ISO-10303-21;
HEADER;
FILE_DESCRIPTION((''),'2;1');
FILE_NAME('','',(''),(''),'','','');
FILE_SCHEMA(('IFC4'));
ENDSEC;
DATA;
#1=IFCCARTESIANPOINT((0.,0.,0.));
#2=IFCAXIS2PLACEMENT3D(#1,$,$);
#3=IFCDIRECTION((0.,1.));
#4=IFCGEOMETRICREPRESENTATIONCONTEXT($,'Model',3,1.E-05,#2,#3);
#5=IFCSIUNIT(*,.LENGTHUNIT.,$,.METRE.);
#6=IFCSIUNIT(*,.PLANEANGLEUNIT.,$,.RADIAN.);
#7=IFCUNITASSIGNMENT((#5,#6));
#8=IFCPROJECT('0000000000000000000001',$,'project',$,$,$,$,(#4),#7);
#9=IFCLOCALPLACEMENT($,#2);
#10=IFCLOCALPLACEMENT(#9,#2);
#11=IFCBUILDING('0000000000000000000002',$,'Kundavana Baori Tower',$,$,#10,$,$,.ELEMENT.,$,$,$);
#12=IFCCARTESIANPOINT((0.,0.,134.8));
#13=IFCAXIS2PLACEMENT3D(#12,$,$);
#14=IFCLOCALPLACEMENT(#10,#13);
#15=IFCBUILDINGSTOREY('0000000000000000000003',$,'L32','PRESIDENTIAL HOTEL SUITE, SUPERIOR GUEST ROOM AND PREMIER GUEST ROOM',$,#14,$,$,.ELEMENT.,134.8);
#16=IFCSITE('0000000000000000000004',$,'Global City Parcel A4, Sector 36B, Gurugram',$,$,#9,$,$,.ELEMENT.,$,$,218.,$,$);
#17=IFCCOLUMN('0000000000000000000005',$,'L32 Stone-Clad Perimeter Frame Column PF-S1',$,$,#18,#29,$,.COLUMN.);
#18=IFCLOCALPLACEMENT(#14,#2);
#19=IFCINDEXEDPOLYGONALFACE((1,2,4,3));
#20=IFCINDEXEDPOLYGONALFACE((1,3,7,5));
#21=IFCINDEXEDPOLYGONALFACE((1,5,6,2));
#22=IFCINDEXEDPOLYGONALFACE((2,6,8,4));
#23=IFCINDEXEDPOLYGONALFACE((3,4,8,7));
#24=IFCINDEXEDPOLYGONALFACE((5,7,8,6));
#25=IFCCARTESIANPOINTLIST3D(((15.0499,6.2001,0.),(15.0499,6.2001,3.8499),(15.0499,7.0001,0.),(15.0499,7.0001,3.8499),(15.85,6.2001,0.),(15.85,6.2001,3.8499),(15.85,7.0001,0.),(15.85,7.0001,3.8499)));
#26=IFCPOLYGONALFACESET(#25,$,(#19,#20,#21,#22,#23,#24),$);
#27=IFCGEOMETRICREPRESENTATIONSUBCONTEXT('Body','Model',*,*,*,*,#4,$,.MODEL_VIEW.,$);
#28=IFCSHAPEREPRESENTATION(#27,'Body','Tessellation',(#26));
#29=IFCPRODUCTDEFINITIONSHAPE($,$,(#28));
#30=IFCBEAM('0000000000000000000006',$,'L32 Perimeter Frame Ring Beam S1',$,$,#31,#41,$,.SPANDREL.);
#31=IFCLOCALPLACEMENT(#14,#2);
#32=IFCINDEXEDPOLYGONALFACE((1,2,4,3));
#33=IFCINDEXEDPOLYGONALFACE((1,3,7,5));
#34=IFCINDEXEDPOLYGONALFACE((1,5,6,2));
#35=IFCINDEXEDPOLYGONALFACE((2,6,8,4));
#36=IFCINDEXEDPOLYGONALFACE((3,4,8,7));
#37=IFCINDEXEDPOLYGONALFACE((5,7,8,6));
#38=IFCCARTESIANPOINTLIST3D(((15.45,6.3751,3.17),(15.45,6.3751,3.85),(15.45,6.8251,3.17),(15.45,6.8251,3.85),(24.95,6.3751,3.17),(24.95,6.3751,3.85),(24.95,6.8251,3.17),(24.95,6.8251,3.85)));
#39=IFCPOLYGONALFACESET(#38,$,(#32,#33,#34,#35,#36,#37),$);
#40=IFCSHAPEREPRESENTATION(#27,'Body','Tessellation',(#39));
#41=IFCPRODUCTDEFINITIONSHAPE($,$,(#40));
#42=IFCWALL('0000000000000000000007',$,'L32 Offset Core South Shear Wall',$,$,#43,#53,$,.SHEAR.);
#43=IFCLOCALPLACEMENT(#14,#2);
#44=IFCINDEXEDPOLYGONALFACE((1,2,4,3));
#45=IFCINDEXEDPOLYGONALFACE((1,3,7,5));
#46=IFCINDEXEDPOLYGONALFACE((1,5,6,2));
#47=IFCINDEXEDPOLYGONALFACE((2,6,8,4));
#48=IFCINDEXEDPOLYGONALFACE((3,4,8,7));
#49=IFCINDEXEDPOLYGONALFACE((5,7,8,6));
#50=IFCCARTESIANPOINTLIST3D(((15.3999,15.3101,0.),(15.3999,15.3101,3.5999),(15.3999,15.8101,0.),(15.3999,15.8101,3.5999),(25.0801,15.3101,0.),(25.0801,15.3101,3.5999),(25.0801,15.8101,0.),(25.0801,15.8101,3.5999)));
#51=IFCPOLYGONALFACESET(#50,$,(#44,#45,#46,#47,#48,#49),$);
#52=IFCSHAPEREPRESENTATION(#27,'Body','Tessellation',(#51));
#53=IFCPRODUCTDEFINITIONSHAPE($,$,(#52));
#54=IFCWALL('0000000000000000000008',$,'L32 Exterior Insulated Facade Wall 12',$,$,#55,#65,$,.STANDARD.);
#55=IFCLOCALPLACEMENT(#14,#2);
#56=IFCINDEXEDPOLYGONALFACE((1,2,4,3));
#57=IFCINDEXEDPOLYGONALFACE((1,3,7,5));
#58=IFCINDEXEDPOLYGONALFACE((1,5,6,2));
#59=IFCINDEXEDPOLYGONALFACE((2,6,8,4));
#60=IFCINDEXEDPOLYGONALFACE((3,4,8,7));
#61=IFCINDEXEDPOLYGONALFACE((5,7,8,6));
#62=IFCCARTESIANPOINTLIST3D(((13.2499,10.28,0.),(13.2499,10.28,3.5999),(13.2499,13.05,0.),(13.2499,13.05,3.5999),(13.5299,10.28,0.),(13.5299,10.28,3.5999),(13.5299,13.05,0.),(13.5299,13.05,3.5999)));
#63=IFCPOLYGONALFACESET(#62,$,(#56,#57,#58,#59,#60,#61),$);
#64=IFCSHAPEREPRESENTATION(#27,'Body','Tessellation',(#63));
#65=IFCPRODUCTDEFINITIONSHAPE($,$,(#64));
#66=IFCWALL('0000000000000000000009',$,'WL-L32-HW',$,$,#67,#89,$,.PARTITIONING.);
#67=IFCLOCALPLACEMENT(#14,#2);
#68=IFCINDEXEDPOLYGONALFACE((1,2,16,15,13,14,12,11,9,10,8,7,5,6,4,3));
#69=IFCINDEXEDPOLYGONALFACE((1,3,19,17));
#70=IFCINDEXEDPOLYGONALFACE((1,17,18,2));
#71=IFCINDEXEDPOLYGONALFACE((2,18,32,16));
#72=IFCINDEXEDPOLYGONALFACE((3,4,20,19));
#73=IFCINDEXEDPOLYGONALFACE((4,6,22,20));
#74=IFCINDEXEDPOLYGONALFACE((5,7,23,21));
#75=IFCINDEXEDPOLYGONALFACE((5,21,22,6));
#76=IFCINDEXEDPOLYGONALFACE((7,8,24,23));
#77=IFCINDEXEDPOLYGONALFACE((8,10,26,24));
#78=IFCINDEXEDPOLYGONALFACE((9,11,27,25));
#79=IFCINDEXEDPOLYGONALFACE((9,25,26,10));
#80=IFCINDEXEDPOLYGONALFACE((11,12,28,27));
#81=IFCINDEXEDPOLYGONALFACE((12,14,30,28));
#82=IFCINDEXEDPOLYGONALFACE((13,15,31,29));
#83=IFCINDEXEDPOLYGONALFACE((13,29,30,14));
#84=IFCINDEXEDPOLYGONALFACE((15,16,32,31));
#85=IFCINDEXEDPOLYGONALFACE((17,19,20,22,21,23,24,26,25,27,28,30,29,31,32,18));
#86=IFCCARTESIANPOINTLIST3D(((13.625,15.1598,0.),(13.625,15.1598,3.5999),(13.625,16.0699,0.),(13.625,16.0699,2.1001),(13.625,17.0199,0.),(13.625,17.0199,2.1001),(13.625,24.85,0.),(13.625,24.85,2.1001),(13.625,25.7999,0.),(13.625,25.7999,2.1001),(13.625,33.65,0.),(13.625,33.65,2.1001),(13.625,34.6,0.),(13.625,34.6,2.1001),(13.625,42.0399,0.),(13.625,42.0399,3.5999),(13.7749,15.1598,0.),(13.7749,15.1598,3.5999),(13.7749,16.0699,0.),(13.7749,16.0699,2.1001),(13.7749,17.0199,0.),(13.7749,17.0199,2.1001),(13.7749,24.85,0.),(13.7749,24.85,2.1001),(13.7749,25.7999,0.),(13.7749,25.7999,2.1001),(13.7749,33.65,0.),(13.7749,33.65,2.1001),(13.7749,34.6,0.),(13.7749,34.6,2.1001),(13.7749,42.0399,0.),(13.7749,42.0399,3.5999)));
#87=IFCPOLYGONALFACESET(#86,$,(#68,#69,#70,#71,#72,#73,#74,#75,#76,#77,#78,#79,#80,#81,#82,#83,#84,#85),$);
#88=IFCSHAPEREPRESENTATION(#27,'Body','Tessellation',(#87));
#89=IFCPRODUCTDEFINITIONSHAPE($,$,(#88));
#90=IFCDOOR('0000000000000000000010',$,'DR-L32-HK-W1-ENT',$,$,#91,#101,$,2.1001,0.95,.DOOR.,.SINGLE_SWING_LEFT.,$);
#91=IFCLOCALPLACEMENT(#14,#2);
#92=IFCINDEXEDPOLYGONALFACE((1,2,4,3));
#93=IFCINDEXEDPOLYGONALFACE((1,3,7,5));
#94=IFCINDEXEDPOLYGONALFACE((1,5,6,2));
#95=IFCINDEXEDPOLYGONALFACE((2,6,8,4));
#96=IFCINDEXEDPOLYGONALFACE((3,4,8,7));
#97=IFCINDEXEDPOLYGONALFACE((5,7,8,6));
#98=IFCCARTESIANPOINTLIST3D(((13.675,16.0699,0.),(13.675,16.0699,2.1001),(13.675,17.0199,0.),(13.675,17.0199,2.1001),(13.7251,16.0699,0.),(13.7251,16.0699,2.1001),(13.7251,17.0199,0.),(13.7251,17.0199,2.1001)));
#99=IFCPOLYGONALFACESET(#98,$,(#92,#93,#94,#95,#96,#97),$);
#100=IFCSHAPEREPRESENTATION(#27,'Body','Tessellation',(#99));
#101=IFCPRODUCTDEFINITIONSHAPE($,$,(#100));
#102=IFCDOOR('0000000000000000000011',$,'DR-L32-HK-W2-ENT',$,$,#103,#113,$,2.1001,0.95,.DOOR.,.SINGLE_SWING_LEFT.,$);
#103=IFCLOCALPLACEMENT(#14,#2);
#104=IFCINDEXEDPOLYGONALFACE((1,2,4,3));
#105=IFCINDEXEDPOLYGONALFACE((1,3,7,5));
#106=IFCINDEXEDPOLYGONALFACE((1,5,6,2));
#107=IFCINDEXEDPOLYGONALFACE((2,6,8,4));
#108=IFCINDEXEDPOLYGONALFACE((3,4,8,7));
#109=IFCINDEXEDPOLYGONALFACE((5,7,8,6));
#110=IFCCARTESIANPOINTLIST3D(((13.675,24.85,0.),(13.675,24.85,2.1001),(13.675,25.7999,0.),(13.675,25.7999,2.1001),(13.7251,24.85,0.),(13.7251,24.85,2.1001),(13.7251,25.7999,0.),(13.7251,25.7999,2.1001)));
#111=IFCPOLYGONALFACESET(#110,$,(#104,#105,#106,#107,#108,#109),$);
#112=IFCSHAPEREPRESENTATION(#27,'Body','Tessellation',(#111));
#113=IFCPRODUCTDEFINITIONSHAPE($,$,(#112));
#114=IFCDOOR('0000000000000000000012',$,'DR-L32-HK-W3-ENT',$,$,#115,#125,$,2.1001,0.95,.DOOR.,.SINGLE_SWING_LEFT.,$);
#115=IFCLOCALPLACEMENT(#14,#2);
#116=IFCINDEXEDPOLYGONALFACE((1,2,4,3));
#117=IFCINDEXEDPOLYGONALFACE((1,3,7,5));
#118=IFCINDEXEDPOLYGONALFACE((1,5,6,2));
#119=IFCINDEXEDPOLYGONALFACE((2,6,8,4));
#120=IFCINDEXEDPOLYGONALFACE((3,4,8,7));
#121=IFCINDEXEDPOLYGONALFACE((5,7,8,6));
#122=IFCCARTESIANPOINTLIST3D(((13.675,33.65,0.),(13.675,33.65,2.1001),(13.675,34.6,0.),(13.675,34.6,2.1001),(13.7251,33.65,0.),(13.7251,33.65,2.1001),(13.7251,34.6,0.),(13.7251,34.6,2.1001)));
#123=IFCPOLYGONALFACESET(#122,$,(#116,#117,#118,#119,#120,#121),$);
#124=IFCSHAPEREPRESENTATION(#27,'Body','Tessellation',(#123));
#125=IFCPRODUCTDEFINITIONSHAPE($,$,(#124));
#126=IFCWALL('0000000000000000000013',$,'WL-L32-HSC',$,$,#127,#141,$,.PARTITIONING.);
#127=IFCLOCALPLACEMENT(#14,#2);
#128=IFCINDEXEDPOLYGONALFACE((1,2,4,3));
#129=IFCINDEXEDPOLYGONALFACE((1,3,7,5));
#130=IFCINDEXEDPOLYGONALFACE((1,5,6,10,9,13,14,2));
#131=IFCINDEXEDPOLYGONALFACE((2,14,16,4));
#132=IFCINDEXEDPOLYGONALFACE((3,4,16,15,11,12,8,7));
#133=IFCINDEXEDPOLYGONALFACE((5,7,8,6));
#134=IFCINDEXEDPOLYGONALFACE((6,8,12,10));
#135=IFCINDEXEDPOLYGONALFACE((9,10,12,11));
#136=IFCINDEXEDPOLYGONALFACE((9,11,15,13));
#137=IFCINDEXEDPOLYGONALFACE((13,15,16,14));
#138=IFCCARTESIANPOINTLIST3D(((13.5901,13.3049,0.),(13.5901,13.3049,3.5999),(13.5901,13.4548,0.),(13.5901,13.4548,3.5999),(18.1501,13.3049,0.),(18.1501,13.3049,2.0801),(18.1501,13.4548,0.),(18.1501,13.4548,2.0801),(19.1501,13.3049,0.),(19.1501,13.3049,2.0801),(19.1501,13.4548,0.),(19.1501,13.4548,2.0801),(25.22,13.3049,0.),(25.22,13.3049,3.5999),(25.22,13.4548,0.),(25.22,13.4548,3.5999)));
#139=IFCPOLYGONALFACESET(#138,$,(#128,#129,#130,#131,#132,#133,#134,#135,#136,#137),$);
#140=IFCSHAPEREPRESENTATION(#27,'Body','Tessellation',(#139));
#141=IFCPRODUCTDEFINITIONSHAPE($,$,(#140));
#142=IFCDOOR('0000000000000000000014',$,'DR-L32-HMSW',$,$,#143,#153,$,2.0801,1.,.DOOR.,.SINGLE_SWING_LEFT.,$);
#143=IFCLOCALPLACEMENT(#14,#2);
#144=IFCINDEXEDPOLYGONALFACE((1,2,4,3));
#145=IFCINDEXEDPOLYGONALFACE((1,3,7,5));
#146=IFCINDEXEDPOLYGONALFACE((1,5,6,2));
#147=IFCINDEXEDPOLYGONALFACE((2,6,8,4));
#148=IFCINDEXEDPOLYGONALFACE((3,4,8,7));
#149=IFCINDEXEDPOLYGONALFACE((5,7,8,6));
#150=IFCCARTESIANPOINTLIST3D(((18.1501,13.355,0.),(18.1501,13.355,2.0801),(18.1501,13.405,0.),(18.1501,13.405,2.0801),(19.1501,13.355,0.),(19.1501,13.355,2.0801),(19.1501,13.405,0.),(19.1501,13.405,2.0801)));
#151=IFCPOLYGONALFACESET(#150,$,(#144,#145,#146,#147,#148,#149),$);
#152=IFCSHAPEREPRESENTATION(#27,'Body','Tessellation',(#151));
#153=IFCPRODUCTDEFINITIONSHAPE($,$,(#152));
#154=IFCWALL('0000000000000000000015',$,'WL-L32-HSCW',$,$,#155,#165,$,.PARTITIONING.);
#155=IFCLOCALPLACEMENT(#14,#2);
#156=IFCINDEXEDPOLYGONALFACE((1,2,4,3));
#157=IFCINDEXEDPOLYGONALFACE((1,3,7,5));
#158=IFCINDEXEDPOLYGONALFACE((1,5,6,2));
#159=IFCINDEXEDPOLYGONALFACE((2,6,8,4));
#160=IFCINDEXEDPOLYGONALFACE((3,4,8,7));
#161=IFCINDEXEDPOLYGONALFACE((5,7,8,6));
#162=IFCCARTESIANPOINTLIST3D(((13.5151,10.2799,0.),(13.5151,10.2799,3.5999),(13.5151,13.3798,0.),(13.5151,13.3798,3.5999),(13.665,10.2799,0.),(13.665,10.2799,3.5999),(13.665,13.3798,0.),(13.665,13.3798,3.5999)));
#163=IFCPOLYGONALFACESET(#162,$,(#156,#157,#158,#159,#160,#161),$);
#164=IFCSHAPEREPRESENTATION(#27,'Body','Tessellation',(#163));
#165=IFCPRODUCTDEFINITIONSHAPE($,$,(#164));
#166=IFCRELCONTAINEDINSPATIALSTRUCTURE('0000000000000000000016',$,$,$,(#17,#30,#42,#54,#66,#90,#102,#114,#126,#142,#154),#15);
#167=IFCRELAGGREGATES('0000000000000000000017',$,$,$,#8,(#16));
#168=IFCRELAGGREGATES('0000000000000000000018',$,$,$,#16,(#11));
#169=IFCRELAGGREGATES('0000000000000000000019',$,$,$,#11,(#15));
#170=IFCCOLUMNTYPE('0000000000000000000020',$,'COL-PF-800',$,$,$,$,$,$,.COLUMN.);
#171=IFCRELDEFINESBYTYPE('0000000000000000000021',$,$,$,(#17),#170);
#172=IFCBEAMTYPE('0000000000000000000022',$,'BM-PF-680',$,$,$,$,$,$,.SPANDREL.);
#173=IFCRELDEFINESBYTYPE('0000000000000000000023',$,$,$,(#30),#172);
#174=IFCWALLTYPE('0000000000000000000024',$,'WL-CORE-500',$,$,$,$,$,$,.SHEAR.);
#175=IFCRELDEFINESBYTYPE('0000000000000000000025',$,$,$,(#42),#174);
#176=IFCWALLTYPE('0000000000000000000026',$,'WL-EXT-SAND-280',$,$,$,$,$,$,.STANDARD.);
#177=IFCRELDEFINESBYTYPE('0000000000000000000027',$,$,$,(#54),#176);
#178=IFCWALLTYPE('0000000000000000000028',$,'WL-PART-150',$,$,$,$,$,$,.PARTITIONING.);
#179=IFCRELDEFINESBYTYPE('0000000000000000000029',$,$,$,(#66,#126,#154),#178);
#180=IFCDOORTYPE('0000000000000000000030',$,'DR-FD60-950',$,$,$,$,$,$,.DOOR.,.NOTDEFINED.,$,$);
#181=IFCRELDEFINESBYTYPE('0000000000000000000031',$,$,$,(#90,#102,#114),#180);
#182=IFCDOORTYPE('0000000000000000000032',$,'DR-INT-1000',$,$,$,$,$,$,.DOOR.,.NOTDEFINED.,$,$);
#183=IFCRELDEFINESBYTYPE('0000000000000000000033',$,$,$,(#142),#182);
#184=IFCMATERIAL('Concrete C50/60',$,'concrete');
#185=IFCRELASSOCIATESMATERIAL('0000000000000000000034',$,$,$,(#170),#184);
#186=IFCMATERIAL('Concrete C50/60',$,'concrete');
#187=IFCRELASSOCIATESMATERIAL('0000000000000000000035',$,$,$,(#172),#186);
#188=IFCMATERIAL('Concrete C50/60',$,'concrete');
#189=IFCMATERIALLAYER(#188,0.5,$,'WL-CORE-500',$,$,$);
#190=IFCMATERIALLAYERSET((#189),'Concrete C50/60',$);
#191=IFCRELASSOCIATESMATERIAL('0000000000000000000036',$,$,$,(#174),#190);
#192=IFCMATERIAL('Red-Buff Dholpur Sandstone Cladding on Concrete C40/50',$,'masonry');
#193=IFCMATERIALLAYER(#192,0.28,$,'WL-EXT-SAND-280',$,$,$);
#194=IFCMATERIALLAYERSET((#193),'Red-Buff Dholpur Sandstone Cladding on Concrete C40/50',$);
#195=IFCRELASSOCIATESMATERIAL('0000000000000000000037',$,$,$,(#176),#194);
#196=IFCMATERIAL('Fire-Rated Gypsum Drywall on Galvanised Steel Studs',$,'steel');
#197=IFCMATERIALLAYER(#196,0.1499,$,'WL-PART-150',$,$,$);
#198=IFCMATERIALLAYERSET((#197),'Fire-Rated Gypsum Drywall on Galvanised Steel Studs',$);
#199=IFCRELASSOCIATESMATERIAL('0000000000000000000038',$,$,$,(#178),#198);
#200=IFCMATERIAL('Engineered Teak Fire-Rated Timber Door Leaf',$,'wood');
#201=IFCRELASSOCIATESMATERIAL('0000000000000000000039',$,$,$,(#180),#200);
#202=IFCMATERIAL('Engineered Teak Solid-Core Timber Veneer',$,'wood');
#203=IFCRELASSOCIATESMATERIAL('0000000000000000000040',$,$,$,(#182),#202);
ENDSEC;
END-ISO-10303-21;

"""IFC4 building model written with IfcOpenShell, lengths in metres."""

from ifc_helpers import new_model, si_unit, direction, frame, frame_2d, origin, origin_2d, place, context, subcontext, project, spatial, rectangle, extrude, material, layer, layer_set, material_profile, profile_set, type_object, element, fill, save


model = new_model("IFC4")

# Units and contexts
model_context = context("Model", 3, precision=1e-05, world=origin(), true_north=direction((0.0, 1.0)))
body_context = subcontext(model_context, "Body", "Model", "MODEL_VIEW")
ifc_project = project(units=[si_unit("LENGTHUNIT", "METRE"), si_unit("PLANEANGLEUNIT", "RADIAN")], contexts=[model_context])

# Site, building, storey
site_placement = place(None, origin())
site = spatial("IfcSite", under=ifc_project, at=site_placement, Name="Global City Parcel A4, Sector 36B, Gurugram", CompositionType="ELEMENT", RefElevation=218.0)
building_placement = place(site_placement, origin())
building = spatial("IfcBuilding", under=site, at=building_placement, Name="Kundavana Baori Tower", CompositionType="ELEMENT")
storey_placement = place(building_placement, frame((0.0, 0.0, 134.8)))
storey = spatial("IfcBuildingStorey", under=building, at=storey_placement, Name="L32", Description="PRESIDENTIAL HOTEL SUITE, SUPERIOR GUEST ROOM AND PREMIER GUEST ROOM", CompositionType="ELEMENT", Elevation=134.8)

# Column
ifc_material_1 = material(Name="Concrete C50/60", Category="concrete")
ifc_material_profile_1 = material_profile(ifc_material_1, rectangle(XDim=0.8, YDim=0.8, at=origin_2d()), Name="RC PF 800x800")
ifc_profile_set_1 = profile_set([ifc_material_profile_1], Name="Concrete C50/60")
column_type = type_object("IfcColumnType", Name="COL-PF-800", PredefinedType="COLUMN", material=ifc_profile_set_1)
column_placement = place(storey_placement, frame((15.45, 6.6001, 0.0), z_axis=(0.0, 0.0, 1.0), x_axis=(1.0, 0.0, 0.0)))
element("IfcColumn", 1, at=column_placement, inside=storey, type_object=column_type, Name="L32 Stone-Clad Perimeter Frame Column PF-S1", PredefinedType="COLUMN", context=body_context, shape_type="SweptSolid", body=[
    extrude(rectangle(XDim=0.8, YDim=0.8, at=origin_2d()), origin(), (0.0, 0.0, 1.0), 3.8499),
])

# Beam
ifc_material_2 = material(Name="Concrete C50/60", Category="concrete")
ifc_material_profile_2 = material_profile(ifc_material_2, rectangle(XDim=0.45, YDim=0.6799, at=origin_2d()), Name="RC BM 450x680")
ifc_profile_set_2 = profile_set([ifc_material_profile_2], Name="Concrete C50/60")
beam_type = type_object("IfcBeamType", Name="BM-PF-680", PredefinedType="SPANDREL", material=ifc_profile_set_2)
beam_placement = place(storey_placement, frame((15.45, 6.6001, 3.51), z_axis=(1.0, 0.0, 0.0), x_axis=(0.0, 1.0, 0.0)))
element("IfcBeam", 2, at=beam_placement, inside=storey, type_object=beam_type, Name="L32 Perimeter Frame Ring Beam S1", PredefinedType="SPANDREL", context=body_context, shape_type="SweptSolid", body=[
    extrude(rectangle(XDim=0.45, YDim=0.6799, at=origin_2d()), origin(), (0.0, 0.0, 1.0), 9.5),
])

# Wall
ifc_material_3 = material(Name="Concrete C50/60", Category="concrete")
ifc_layer_1 = layer(ifc_material_3, 0.5, Name="WL-CORE-500")
ifc_layer_set_1 = layer_set([ifc_layer_1], Name="Concrete C50/60")
wall_type_1 = type_object("IfcWallType", Name="WL-CORE-500", PredefinedType="SHEAR", material=ifc_layer_set_1)
wall_1_placement = place(storey_placement, frame((15.3999, 15.5601, 0.0), z_axis=(0.0, 0.0, 1.0), x_axis=(1.0, 0.0, 0.0)))
element("IfcWall", 3, at=wall_1_placement, inside=storey, type_object=wall_type_1, Name="L32 Offset Core South Shear Wall", PredefinedType="SHEAR", context=body_context, shape_type="SweptSolid", body=[
    extrude(rectangle(XDim=9.6802, YDim=0.5, at=frame_2d((4.8401, 0.0))), origin(), (0.0, 0.0, 1.0), 3.5999),
])

# Shared definitions
ifc_material_4 = material(Name="Red-Buff Dholpur Sandstone Cladding on Concrete C40/50", Category="masonry")
ifc_layer_2 = layer(ifc_material_4, 0.28, Name="WL-EXT-SAND-280")
ifc_layer_set_2 = layer_set([ifc_layer_2], Name="Red-Buff Dholpur Sandstone Cladding on Concrete C40/50")
wall_type_2 = type_object("IfcWallType", Name="WL-EXT-SAND-280", PredefinedType="STANDARD", material=ifc_layer_set_2)

# Wall
wall_2_placement = place(storey_placement, frame((13.3899, 13.05, 0.0), z_axis=(0.0, 0.0, 1.0), x_axis=(0.0, -1.0, 0.0)))
element("IfcWall", 4, at=wall_2_placement, inside=storey, type_object=wall_type_2, Name="L32 Exterior Insulated Facade Wall 12", PredefinedType="STANDARD", context=body_context, shape_type="SweptSolid", body=[
    extrude(rectangle(XDim=2.77, YDim=0.28, at=frame_2d((1.385, 0.0))), origin(), (0.0, 0.0, 1.0), 3.5999),
])

# Wall, openings, doors
ifc_material_5 = material(Name="Fire-Rated Gypsum Drywall on Galvanised Steel Studs", Category="steel")
ifc_layer_3 = layer(ifc_material_5, 0.1499, Name="WL-PART-150")
ifc_layer_set_3 = layer_set([ifc_layer_3], Name="Fire-Rated Gypsum Drywall on Galvanised Steel Studs")
wall_type_3 = type_object("IfcWallType", Name="WL-PART-150", PredefinedType="PARTITIONING", material=ifc_layer_set_3)
wall_3_placement = place(storey_placement, frame((13.7, 15.1599, 0.0), z_axis=(0.0, 0.0, 1.0), x_axis=(0.0, 1.0, 0.0)))
wall_3 = element("IfcWall", 5, at=wall_3_placement, inside=storey, type_object=wall_type_3, Name="WL-L32-HW", PredefinedType="PARTITIONING", context=body_context, shape_type="SweptSolid", body=[
    extrude(rectangle(XDim=26.8801, YDim=0.1499, at=frame_2d((13.4399, 0.0))), origin(), (0.0, 0.0, 1.0), 3.5999),
])
opening_1_placement = place(wall_3_placement, frame((0.9099, 0.0, 0.0)))
opening_1 = element("IfcOpeningElement", 6, at=opening_1_placement, cuts=wall_3, PredefinedType="OPENING", context=body_context, shape_type="SweptSolid", body=[
    extrude(rectangle(XDim=0.95, YDim=2.1001, at=frame_2d((0.4751, 1.05))), frame((0.0, 0.085, 0.0), z_axis=(0.0, -1.0, 0.0), x_axis=(1.0, 0.0, 0.0)), (0.0, 0.0, 1.0), 0.1699),
])
opening_2_placement = place(wall_3_placement, frame((9.6899, 0.0, 0.0)))
opening_2 = element("IfcOpeningElement", 7, at=opening_2_placement, cuts=wall_3, PredefinedType="OPENING", context=body_context, shape_type="SweptSolid", body=[
    extrude(rectangle(XDim=0.95, YDim=2.1001, at=frame_2d((0.4751, 1.05))), frame((0.0, 0.085, 0.0), z_axis=(0.0, -1.0, 0.0), x_axis=(1.0, 0.0, 0.0)), (0.0, 0.0, 1.0), 0.1699),
])
opening_3_placement = place(wall_3_placement, frame((18.49, 0.0, 0.0)))
opening_3 = element("IfcOpeningElement", 8, at=opening_3_placement, cuts=wall_3, PredefinedType="OPENING", context=body_context, shape_type="SweptSolid", body=[
    extrude(rectangle(XDim=0.95, YDim=2.1001, at=frame_2d((0.4751, 1.05))), frame((0.0, 0.085, 0.0), z_axis=(0.0, -1.0, 0.0), x_axis=(1.0, 0.0, 0.0)), (0.0, 0.0, 1.0), 0.1699),
])
ifc_material_6 = material(Name="Engineered Teak Fire-Rated Timber Door Leaf", Category="wood")
door_type_1 = type_object("IfcDoorType", Name="DR-FD60-950", OperationType="NOTDEFINED", PredefinedType="DOOR", material=ifc_material_6)
door_1_placement = place(opening_1_placement, origin())
door_1 = element("IfcDoor", 9, at=door_1_placement, inside=storey, type_object=door_type_1, Name="DR-L32-HK-W1-ENT", OperationType="SINGLE_SWING_LEFT", OverallHeight=2.1001, OverallWidth=0.95, PredefinedType="DOOR", context=body_context, shape_type="SweptSolid", body=[
    extrude(rectangle(XDim=0.95, YDim=2.1001, at=frame_2d((0.4751, 1.05))), frame((0.0, 0.0249, 0.0), z_axis=(0.0, -1.0, 0.0), x_axis=(1.0, 0.0, 0.0)), (0.0, 0.0, 1.0), 0.05),
])
fill(opening_1, door_1)
door_2_placement = place(opening_2_placement, origin())
door_2 = element("IfcDoor", 10, at=door_2_placement, inside=storey, type_object=door_type_1, Name="DR-L32-HK-W2-ENT", OperationType="SINGLE_SWING_LEFT", OverallHeight=2.1001, OverallWidth=0.95, PredefinedType="DOOR", context=body_context, shape_type="SweptSolid", body=[
    extrude(rectangle(XDim=0.95, YDim=2.1001, at=frame_2d((0.4751, 1.05))), frame((0.0, 0.0249, 0.0), z_axis=(0.0, -1.0, 0.0), x_axis=(1.0, 0.0, 0.0)), (0.0, 0.0, 1.0), 0.05),
])
fill(opening_2, door_2)
door_3_placement = place(opening_3_placement, origin())
door_3 = element("IfcDoor", 11, at=door_3_placement, inside=storey, type_object=door_type_1, Name="DR-L32-HK-W3-ENT", OperationType="SINGLE_SWING_LEFT", OverallHeight=2.1001, OverallWidth=0.95, PredefinedType="DOOR", context=body_context, shape_type="SweptSolid", body=[
    extrude(rectangle(XDim=0.95, YDim=2.1001, at=frame_2d((0.4751, 1.05))), frame((0.0, 0.0249, 0.0), z_axis=(0.0, -1.0, 0.0), x_axis=(1.0, 0.0, 0.0)), (0.0, 0.0, 1.0), 0.05),
])
fill(opening_3, door_3)

# Wall, opening, door
wall_4_placement = place(storey_placement, frame((13.5901, 13.3799, 0.0), z_axis=(0.0, 0.0, 1.0), x_axis=(1.0, 0.0, 0.0)))
wall_4 = element("IfcWall", 12, at=wall_4_placement, inside=storey, type_object=wall_type_3, Name="WL-L32-HSC", PredefinedType="PARTITIONING", context=body_context, shape_type="SweptSolid", body=[
    extrude(rectangle(XDim=11.6299, YDim=0.1499, at=frame_2d((5.8149, 0.0))), origin(), (0.0, 0.0, 1.0), 3.5999),
])
opening_4_placement = place(wall_4_placement, frame((4.5601, 0.0, 0.0)))
opening_4 = element("IfcOpeningElement", 13, at=opening_4_placement, cuts=wall_4, PredefinedType="OPENING", context=body_context, shape_type="SweptSolid", body=[
    extrude(rectangle(XDim=1.0, YDim=2.0801, at=frame_2d((0.5, 1.04))), frame((0.0, 0.085, 0.0), z_axis=(0.0, -1.0, 0.0), x_axis=(1.0, 0.0, 0.0)), (0.0, 0.0, 1.0), 0.1699),
])
ifc_material_7 = material(Name="Engineered Teak Solid-Core Timber Veneer", Category="wood")
door_type_2 = type_object("IfcDoorType", Name="DR-INT-1000", OperationType="NOTDEFINED", PredefinedType="DOOR", material=ifc_material_7)
door_4_placement = place(opening_4_placement, frame((1.0, 0.0, 0.0), z_axis=(0.0, 0.0, 1.0), x_axis=(-1.0, 0.0, 0.0)))
door_4 = element("IfcDoor", 14, at=door_4_placement, inside=storey, type_object=door_type_2, Name="DR-L32-HMSW", OperationType="SINGLE_SWING_LEFT", OverallHeight=2.0801, OverallWidth=1.0, PredefinedType="DOOR", context=body_context, shape_type="SweptSolid", body=[
    extrude(rectangle(XDim=1.0, YDim=2.0801, at=frame_2d((0.5, 1.04))), frame((0.0, 0.0249, 0.0), z_axis=(0.0, -1.0, 0.0), x_axis=(1.0, 0.0, 0.0)), (0.0, 0.0, 1.0), 0.05),
])
fill(opening_4, door_4)

# Wall
wall_5_placement = place(storey_placement, frame((13.5901, 10.28, 0.0), z_axis=(0.0, 0.0, 1.0), x_axis=(0.0, 1.0, 0.0)))
element("IfcWall", 15, at=wall_5_placement, inside=storey, type_object=wall_type_3, Name="WL-L32-HSCW", PredefinedType="PARTITIONING", context=body_context, shape_type="SweptSolid", body=[
    extrude(rectangle(XDim=3.0999, YDim=0.1499, at=frame_2d((1.5498, 0.0))), origin(), (0.0, 0.0, 1.0), 3.5999),
])

save(model, "model.ifc")
